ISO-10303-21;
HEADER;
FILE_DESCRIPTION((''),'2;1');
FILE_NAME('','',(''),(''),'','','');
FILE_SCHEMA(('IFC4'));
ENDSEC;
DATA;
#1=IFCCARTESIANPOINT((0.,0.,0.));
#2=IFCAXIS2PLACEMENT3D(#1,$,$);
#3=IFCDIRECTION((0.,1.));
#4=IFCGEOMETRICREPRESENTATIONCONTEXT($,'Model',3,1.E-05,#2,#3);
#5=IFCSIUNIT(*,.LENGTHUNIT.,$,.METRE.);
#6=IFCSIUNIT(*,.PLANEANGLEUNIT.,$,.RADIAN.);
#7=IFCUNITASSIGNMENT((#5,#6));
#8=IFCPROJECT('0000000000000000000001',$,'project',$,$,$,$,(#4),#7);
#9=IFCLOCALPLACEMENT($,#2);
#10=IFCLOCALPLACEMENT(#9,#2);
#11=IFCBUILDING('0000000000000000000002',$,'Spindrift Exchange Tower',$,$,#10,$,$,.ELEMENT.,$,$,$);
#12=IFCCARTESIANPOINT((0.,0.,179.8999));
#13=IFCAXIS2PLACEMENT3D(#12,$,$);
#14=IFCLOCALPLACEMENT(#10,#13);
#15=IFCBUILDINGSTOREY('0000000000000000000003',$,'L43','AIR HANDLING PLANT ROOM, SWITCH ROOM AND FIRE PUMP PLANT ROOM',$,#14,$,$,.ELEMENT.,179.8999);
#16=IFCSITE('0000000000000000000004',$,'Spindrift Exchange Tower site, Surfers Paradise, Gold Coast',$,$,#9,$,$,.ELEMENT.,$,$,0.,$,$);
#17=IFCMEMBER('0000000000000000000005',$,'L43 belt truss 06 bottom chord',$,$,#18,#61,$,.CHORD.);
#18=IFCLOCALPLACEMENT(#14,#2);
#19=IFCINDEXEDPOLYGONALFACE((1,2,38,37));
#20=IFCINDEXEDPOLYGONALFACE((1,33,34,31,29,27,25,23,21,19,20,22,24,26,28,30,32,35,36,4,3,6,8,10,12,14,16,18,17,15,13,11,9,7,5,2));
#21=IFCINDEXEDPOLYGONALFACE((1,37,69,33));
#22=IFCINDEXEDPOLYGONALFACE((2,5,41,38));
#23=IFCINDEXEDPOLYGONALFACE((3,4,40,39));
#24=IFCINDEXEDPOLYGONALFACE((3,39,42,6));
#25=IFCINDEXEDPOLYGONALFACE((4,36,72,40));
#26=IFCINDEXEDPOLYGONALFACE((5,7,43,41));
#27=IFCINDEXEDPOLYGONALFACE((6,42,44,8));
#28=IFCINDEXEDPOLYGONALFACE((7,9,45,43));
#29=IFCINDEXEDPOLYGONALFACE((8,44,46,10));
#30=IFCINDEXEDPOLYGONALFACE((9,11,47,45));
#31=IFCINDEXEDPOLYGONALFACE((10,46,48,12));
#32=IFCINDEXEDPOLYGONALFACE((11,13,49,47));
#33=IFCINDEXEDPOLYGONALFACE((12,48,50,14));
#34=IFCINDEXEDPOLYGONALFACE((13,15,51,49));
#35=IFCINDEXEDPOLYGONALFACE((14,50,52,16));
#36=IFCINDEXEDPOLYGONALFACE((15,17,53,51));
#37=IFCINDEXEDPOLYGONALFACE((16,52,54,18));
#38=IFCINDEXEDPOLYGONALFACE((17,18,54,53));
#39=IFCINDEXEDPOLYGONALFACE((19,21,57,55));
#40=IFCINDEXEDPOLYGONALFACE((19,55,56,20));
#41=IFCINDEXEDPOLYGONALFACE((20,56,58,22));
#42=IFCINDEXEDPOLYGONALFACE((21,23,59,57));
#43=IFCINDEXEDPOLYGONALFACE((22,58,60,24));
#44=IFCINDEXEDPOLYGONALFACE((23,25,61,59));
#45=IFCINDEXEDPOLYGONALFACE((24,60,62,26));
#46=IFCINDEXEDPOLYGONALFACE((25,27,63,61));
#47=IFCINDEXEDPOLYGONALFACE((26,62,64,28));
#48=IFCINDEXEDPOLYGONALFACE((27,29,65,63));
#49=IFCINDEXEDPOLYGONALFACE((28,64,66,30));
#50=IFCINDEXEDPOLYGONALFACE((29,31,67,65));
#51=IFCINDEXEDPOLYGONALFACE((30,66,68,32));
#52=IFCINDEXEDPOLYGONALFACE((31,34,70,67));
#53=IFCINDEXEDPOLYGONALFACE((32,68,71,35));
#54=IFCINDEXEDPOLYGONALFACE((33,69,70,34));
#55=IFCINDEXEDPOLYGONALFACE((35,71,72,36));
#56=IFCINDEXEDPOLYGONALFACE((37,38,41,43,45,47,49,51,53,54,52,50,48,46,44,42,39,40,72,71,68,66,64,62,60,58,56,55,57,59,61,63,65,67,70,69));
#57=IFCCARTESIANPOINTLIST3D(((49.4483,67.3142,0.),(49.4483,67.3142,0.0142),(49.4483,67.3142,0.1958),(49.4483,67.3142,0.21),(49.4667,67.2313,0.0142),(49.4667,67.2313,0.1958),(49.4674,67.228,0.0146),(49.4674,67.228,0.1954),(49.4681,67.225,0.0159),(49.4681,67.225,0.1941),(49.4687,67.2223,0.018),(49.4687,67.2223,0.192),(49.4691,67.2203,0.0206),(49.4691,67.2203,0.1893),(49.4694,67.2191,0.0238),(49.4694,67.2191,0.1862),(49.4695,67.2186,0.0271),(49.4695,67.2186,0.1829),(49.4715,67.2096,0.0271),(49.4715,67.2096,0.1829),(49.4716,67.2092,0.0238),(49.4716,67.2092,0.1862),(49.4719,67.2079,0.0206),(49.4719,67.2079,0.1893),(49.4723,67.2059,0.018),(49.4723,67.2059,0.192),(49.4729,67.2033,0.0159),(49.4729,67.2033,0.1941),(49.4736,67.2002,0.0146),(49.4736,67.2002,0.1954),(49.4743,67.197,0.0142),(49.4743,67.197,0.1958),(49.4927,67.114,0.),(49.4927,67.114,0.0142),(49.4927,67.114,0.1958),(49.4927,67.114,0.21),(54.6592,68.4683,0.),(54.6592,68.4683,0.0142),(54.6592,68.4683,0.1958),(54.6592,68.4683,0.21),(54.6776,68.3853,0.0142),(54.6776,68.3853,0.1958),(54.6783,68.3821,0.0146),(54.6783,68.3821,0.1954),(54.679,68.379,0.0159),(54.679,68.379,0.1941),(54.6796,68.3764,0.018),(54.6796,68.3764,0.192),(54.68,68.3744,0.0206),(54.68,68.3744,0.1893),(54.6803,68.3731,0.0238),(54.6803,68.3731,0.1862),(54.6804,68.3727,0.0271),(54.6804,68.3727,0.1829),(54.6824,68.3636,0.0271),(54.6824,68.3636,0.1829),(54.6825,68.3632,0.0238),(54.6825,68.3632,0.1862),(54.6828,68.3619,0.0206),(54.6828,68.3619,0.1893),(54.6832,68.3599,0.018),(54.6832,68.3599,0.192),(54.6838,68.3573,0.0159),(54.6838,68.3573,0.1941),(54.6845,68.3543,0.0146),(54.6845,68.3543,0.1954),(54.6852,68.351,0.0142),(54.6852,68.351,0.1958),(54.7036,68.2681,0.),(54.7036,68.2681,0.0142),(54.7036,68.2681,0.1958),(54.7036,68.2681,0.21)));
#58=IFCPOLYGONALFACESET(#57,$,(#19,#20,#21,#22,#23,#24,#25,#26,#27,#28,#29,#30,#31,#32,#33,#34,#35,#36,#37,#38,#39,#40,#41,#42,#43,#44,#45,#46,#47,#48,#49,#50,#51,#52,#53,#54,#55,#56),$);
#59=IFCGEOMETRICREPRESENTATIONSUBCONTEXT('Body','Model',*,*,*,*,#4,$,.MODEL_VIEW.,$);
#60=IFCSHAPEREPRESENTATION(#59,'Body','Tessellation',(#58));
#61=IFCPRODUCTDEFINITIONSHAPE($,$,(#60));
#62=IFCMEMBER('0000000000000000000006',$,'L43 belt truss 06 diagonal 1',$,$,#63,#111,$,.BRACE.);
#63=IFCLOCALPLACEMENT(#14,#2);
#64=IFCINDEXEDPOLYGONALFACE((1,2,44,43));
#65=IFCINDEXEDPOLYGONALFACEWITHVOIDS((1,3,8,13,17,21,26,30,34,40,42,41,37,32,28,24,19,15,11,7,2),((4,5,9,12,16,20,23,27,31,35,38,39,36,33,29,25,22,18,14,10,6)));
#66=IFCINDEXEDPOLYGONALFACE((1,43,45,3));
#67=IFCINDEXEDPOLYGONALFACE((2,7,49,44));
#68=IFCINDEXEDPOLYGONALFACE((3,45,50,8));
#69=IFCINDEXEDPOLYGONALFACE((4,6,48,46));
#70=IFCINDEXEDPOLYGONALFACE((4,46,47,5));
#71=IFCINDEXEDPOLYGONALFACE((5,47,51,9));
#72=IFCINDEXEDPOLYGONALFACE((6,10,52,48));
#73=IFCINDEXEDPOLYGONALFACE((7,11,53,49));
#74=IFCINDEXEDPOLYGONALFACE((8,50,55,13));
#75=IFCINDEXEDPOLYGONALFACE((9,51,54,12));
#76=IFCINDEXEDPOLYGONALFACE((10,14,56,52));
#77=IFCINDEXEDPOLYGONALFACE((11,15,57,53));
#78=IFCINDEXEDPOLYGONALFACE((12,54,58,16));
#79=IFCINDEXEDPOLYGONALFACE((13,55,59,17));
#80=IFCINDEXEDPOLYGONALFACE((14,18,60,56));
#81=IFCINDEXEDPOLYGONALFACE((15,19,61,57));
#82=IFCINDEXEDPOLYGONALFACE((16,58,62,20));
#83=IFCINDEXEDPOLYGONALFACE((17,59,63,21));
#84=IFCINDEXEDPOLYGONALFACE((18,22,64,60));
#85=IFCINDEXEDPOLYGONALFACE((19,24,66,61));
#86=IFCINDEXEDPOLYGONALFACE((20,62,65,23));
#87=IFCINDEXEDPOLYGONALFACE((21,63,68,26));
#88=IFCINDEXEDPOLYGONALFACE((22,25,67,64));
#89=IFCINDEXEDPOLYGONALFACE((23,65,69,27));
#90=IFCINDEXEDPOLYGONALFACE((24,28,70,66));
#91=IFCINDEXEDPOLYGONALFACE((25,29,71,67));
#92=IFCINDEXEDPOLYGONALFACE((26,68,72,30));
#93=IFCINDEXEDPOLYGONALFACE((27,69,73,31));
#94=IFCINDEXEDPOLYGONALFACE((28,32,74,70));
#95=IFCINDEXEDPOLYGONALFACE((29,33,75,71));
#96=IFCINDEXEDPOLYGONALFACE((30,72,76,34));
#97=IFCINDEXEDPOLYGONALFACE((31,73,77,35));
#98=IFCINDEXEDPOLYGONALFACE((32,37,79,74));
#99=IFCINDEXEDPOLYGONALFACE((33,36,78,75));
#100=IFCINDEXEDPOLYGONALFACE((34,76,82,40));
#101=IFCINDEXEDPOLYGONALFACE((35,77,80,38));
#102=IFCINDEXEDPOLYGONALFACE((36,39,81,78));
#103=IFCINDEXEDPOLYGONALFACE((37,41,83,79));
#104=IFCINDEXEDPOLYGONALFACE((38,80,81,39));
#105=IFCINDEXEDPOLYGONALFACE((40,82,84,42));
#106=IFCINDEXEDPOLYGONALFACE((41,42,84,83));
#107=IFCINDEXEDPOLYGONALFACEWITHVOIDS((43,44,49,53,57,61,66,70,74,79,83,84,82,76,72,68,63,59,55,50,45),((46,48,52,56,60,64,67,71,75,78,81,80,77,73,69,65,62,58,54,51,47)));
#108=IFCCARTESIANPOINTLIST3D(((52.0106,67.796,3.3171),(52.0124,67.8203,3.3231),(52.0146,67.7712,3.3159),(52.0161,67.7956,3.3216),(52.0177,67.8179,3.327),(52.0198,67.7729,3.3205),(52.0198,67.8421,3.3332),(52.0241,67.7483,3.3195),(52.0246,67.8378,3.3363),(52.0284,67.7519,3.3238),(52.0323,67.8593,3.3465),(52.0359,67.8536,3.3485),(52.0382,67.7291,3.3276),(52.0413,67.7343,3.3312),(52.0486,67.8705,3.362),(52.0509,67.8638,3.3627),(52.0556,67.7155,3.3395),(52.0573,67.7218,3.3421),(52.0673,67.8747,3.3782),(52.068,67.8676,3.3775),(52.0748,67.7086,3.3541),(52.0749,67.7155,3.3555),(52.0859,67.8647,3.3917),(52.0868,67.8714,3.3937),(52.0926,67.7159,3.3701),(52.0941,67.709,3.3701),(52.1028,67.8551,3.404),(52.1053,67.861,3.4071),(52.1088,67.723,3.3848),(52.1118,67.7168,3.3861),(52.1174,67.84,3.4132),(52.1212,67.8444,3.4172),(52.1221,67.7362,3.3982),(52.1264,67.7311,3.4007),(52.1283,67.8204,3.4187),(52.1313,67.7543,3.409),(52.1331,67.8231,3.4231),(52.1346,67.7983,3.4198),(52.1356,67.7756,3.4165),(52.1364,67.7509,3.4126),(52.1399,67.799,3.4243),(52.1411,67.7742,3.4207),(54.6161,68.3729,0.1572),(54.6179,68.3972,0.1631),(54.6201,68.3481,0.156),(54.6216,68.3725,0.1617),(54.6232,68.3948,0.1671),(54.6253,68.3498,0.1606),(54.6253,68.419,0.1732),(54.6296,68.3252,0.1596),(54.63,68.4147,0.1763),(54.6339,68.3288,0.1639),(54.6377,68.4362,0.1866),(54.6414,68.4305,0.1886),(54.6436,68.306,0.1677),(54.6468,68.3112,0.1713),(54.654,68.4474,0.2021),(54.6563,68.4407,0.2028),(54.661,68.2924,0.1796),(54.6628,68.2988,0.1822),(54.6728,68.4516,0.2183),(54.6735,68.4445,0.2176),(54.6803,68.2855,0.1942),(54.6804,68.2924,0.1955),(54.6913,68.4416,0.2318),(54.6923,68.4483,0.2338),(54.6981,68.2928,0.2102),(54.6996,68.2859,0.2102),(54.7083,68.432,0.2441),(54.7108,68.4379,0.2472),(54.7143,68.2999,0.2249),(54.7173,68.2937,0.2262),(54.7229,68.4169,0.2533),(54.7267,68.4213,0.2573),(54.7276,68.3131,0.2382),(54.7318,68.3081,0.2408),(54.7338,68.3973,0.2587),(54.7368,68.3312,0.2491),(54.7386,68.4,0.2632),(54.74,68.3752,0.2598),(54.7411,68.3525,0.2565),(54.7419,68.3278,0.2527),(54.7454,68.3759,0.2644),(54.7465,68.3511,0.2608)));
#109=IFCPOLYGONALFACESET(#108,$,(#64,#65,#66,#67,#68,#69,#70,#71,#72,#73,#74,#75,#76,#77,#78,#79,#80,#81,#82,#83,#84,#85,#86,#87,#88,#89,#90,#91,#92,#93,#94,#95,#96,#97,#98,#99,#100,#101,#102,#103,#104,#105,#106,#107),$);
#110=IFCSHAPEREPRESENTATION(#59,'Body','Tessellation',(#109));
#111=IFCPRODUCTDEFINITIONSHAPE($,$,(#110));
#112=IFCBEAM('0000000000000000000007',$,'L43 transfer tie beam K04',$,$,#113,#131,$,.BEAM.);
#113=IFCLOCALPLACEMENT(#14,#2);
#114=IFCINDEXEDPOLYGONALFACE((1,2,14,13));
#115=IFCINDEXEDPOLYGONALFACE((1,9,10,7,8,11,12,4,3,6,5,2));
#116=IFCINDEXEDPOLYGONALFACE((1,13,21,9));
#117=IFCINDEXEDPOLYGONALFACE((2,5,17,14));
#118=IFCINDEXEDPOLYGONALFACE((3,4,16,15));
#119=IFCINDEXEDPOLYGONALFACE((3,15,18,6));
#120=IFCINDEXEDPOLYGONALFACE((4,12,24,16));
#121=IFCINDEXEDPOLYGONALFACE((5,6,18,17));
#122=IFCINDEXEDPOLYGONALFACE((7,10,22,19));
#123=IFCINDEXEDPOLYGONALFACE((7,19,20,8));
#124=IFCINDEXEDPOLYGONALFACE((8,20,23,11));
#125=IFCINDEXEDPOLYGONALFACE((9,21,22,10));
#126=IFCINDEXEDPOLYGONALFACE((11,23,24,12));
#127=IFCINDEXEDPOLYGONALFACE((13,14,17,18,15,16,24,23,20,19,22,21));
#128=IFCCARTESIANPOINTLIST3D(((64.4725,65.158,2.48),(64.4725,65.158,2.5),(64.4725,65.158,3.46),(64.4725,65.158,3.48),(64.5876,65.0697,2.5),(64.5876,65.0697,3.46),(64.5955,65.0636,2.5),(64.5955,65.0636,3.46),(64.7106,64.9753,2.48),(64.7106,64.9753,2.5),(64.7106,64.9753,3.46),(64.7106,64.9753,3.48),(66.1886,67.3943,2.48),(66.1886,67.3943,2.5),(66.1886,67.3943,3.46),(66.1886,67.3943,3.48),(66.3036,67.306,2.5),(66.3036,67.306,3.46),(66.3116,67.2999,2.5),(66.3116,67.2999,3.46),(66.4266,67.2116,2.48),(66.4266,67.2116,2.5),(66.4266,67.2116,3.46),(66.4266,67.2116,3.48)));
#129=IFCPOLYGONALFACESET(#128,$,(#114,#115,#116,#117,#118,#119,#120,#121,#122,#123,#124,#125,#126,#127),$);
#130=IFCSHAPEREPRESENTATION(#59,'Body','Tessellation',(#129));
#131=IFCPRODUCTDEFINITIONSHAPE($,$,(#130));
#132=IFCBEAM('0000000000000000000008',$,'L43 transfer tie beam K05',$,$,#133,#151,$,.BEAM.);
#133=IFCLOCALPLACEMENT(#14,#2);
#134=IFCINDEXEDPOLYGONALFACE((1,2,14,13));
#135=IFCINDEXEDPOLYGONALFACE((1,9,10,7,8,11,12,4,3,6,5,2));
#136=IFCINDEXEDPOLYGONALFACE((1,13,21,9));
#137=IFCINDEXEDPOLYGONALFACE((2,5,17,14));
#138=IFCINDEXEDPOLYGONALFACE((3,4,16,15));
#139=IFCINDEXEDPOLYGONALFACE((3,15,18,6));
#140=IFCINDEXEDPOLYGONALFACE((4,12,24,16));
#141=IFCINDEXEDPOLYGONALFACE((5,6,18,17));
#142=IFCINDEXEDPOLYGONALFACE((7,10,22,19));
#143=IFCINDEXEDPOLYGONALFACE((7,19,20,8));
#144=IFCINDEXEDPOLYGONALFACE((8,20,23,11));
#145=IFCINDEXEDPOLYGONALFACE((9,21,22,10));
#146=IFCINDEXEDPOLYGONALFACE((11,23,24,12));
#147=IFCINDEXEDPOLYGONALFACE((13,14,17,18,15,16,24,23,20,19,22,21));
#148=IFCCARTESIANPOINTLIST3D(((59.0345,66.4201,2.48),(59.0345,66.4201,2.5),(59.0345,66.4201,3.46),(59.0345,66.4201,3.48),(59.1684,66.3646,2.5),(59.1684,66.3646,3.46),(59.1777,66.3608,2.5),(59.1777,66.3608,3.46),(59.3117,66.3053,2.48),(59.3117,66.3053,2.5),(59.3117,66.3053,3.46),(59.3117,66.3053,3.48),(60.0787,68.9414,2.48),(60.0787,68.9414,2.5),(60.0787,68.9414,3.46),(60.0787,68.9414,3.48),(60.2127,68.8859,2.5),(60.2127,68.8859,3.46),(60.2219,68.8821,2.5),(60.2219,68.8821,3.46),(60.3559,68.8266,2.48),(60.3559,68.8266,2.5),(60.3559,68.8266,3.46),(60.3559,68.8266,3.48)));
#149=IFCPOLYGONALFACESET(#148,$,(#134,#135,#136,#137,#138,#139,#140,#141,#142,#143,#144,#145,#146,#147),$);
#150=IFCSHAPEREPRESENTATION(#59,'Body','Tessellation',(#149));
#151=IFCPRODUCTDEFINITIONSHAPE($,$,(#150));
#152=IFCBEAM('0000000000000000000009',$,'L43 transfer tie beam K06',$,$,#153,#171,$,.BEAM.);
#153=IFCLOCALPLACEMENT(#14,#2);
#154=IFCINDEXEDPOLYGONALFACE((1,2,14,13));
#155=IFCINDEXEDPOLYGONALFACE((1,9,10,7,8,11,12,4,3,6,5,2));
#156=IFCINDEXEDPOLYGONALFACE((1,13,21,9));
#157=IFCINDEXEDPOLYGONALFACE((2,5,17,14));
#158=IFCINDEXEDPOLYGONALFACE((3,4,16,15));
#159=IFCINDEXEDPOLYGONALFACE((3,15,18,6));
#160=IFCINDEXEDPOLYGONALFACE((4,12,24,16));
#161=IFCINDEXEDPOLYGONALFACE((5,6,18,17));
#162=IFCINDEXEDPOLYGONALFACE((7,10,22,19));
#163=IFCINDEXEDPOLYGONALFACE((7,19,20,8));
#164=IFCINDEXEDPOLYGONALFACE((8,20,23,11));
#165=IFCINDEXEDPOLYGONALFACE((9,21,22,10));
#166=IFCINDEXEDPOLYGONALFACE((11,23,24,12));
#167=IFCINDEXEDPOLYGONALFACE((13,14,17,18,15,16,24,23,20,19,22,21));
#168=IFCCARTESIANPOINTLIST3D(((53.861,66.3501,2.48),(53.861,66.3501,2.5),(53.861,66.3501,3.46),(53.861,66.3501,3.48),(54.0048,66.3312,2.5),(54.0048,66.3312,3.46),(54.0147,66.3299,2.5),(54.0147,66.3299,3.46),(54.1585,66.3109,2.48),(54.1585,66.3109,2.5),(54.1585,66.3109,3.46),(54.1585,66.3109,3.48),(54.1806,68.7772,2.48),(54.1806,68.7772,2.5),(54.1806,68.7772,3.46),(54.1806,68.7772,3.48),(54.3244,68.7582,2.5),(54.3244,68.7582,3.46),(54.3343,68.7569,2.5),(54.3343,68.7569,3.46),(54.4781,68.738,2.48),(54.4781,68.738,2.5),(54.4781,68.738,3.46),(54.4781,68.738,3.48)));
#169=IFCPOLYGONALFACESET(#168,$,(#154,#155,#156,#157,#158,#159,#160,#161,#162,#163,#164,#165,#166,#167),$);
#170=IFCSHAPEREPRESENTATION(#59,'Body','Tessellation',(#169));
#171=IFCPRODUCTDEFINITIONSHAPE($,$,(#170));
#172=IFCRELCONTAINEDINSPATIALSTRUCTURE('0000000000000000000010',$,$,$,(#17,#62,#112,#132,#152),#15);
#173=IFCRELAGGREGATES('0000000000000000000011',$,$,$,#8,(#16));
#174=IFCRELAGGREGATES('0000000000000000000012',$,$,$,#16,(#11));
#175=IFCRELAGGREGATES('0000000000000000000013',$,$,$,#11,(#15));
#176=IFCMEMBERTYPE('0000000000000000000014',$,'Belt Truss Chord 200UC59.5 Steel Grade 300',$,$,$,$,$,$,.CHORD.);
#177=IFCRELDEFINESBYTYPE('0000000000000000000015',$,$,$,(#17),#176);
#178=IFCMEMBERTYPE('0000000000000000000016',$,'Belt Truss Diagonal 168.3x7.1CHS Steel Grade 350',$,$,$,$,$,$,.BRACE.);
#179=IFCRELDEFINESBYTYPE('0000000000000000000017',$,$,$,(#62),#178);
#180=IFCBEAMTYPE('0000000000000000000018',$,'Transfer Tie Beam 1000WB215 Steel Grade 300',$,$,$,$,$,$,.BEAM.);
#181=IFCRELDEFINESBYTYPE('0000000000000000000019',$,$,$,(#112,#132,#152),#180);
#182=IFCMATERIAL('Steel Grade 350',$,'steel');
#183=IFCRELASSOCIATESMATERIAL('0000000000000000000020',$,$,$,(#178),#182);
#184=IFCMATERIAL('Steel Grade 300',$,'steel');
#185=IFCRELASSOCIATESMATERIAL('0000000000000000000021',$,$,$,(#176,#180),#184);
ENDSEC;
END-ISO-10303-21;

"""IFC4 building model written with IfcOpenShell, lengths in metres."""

from ifc_helpers import new_model, si_unit, direction, frame, origin, origin_2d, place, context, subcontext, project, spatial, hollow_circle, i_section, extrude, source, transform, mapped, material, material_profile, profile_set, type_object, element, save


model = new_model("IFC4")

# Units and contexts
model_context = context("Model", 3, precision=1e-05, world=origin(), true_north=direction((0.0, 1.0)))
body_context = subcontext(model_context, "Body", "Model", "MODEL_VIEW")
ifc_project = project(units=[si_unit("LENGTHUNIT", "METRE"), si_unit("PLANEANGLEUNIT", "RADIAN")], contexts=[model_context])

# Site, building, storey
site_placement = place(None, origin())
site = spatial("IfcSite", under=ifc_project, at=site_placement, Name="Spindrift Exchange Tower site, Surfers Paradise, Gold Coast", CompositionType="ELEMENT", RefElevation=0.0)
building_placement = place(site_placement, origin())
building = spatial("IfcBuilding", under=site, at=building_placement, Name="Spindrift Exchange Tower", CompositionType="ELEMENT")
storey_placement = place(building_placement, frame((0.0, 0.0, 179.8999)))
storey = spatial("IfcBuildingStorey", under=building, at=storey_placement, Name="L43", Description="AIR HANDLING PLANT ROOM, SWITCH ROOM AND FIRE PUMP PLANT ROOM", CompositionType="ELEMENT", Elevation=179.8999)

# Shared definitions
ifc_material_1 = material(Name="Steel Grade 300", Category="steel")

# Members
ifc_material_2 = material(Name="Steel Grade 350", Category="steel")
ifc_material_profile_1 = material_profile(ifc_material_2, hollow_circle(Radius=0.0842, WallThickness=0.0071, at=origin_2d()), Name="168.3x7.1CHS")
ifc_profile_set_1 = profile_set([ifc_material_profile_1], Name="Steel Grade 350")
member_type_1 = type_object("IfcMemberType", Name="Belt Truss Diagonal 168.3x7.1CHS Steel Grade 350", PredefinedType="BRACE", material=ifc_profile_set_1)
ifc_material_profile_2 = material_profile(ifc_material_1, i_section(OverallWidth=0.2051, OverallDepth=0.21, WebThickness=0.0093, FlangeThickness=0.0142, FilletRadius=0.0129, at=origin_2d()), Name="200UC59.5")
ifc_profile_set_2 = profile_set([ifc_material_profile_2], Name="Steel Grade 300")
member_type_2 = type_object("IfcMemberType", Name="Belt Truss Chord 200UC59.5 Steel Grade 300", PredefinedType="CHORD", material=ifc_profile_set_2)
shared_shape_1 = source(origin(), body_context, "Body", "SweptSolid", [
    extrude(i_section(OverallWidth=0.2051, OverallDepth=0.21, WebThickness=0.0093, FlangeThickness=0.0142, FilletRadius=0.0129, at=origin_2d()), origin(), (0.0, 0.0, 1.0), 5.3372),
])
for number, where, z_axis, x_axis, name in (
    (1, (54.6814, 68.3682, 0.105), (-0.976343, -0.216228, 0.0), (0.216228, -0.976343, 0.0), "L43 belt truss 06 bottom chord"),
):
    element("IfcMember", number, at=place(storey_placement, frame(where, z_axis=z_axis, x_axis=x_axis)), inside=storey, type_object=member_type_2, Name=name, PredefinedType="CHORD", context=body_context, shape_type="MappedRepresentation", body=[
        mapped(shared_shape_1, transform((0.0, 0.0, 0.0), scale=1.0)),
    ])
shared_shape_2 = source(origin(), body_context, "Body", "SweptSolid", [
    extrude(hollow_circle(Radius=0.0842, WallThickness=0.0071, at=origin_2d()), origin(), (0.0, 0.0, 1.0), 4.136),
])
member_1_placement = place(storey_placement, frame((54.6814, 68.3682, 0.2102), z_axis=(-0.629952, -0.139484, 0.764006), x_axis=(0.216185, -0.976353, 0.0)))
element("IfcMember", 2, at=member_1_placement, inside=storey, type_object=member_type_1, Name="L43 belt truss 06 diagonal 1", PredefinedType="BRACE", context=body_context, shape_type="MappedRepresentation", body=[
    mapped(shared_shape_2, transform((0.0, 0.0, 0.0), scale=1.0)),
])

# Beams
ifc_material_profile_3 = material_profile(ifc_material_1, i_section(OverallWidth=0.3, OverallDepth=1.0, WebThickness=0.01, FlangeThickness=0.02, at=origin_2d()), Name="1000WB215")
ifc_profile_set_3 = profile_set([ifc_material_profile_3], Name="Steel Grade 300")
beam_type_1 = type_object("IfcBeamType", Name="Transfer Tie Beam 1000WB215 Steel Grade 300", PredefinedType="BEAM", material=ifc_profile_set_3)
shared_shape_3 = source(origin(), body_context, "Body", "SweptSolid", [
    extrude(i_section(OverallWidth=0.3, OverallDepth=1.0, WebThickness=0.01, FlangeThickness=0.02, at=origin_2d()), origin(), (0.0, 0.0, 1.0), 2.8188),
])
beam_1_placement = place(storey_placement, frame((66.3076, 67.303, 2.98), z_axis=(-0.608777, -0.793341, 0.0), x_axis=(0.793341, -0.608777, 0.0)))
element("IfcBeam", 3, at=beam_1_placement, inside=storey, type_object=beam_type_1, Name="L43 transfer tie beam K04", PredefinedType="BEAM", context=body_context, shape_type="MappedRepresentation", body=[
    mapped(shared_shape_3, transform((0.0, 0.0, 0.0), scale=1.0)),
])
shared_shape_4 = source(origin(), body_context, "Body", "SweptSolid", [
    extrude(i_section(OverallWidth=0.3, OverallDepth=1.0, WebThickness=0.01, FlangeThickness=0.02, at=origin_2d()), origin(), (0.0, 0.0, 1.0), 2.729),
])
beam_2_placement = place(storey_placement, frame((60.2173, 68.884, 2.98), z_axis=(-0.382639, -0.923898, 0.0), x_axis=(0.923898, -0.382639, 0.0)))
element("IfcBeam", 4, at=beam_2_placement, inside=storey, type_object=beam_type_1, Name="L43 transfer tie beam K05", PredefinedType="BEAM", context=body_context, shape_type="MappedRepresentation", body=[
    mapped(shared_shape_4, transform((0.0, 0.0, 0.0), scale=1.0)),
])
shared_shape_5 = source(origin(), body_context, "Body", "SweptSolid", [
    extrude(i_section(OverallWidth=0.3, OverallDepth=1.0, WebThickness=0.01, FlangeThickness=0.02, at=origin_2d()), origin(), (0.0, 0.0, 1.0), 2.448),
])
beam_3_placement = place(storey_placement, frame((54.3293, 68.7576, 2.98), z_axis=(-0.13055, -0.991442, 0.0), x_axis=(0.991442, -0.13055, 0.0)))
element("IfcBeam", 5, at=beam_3_placement, inside=storey, type_object=beam_type_1, Name="L43 transfer tie beam K06", PredefinedType="BEAM", context=body_context, shape_type="MappedRepresentation", body=[
    mapped(shared_shape_5, transform((0.0, 0.0, 0.0), scale=1.0)),
])

save(model, "model.ifc")
